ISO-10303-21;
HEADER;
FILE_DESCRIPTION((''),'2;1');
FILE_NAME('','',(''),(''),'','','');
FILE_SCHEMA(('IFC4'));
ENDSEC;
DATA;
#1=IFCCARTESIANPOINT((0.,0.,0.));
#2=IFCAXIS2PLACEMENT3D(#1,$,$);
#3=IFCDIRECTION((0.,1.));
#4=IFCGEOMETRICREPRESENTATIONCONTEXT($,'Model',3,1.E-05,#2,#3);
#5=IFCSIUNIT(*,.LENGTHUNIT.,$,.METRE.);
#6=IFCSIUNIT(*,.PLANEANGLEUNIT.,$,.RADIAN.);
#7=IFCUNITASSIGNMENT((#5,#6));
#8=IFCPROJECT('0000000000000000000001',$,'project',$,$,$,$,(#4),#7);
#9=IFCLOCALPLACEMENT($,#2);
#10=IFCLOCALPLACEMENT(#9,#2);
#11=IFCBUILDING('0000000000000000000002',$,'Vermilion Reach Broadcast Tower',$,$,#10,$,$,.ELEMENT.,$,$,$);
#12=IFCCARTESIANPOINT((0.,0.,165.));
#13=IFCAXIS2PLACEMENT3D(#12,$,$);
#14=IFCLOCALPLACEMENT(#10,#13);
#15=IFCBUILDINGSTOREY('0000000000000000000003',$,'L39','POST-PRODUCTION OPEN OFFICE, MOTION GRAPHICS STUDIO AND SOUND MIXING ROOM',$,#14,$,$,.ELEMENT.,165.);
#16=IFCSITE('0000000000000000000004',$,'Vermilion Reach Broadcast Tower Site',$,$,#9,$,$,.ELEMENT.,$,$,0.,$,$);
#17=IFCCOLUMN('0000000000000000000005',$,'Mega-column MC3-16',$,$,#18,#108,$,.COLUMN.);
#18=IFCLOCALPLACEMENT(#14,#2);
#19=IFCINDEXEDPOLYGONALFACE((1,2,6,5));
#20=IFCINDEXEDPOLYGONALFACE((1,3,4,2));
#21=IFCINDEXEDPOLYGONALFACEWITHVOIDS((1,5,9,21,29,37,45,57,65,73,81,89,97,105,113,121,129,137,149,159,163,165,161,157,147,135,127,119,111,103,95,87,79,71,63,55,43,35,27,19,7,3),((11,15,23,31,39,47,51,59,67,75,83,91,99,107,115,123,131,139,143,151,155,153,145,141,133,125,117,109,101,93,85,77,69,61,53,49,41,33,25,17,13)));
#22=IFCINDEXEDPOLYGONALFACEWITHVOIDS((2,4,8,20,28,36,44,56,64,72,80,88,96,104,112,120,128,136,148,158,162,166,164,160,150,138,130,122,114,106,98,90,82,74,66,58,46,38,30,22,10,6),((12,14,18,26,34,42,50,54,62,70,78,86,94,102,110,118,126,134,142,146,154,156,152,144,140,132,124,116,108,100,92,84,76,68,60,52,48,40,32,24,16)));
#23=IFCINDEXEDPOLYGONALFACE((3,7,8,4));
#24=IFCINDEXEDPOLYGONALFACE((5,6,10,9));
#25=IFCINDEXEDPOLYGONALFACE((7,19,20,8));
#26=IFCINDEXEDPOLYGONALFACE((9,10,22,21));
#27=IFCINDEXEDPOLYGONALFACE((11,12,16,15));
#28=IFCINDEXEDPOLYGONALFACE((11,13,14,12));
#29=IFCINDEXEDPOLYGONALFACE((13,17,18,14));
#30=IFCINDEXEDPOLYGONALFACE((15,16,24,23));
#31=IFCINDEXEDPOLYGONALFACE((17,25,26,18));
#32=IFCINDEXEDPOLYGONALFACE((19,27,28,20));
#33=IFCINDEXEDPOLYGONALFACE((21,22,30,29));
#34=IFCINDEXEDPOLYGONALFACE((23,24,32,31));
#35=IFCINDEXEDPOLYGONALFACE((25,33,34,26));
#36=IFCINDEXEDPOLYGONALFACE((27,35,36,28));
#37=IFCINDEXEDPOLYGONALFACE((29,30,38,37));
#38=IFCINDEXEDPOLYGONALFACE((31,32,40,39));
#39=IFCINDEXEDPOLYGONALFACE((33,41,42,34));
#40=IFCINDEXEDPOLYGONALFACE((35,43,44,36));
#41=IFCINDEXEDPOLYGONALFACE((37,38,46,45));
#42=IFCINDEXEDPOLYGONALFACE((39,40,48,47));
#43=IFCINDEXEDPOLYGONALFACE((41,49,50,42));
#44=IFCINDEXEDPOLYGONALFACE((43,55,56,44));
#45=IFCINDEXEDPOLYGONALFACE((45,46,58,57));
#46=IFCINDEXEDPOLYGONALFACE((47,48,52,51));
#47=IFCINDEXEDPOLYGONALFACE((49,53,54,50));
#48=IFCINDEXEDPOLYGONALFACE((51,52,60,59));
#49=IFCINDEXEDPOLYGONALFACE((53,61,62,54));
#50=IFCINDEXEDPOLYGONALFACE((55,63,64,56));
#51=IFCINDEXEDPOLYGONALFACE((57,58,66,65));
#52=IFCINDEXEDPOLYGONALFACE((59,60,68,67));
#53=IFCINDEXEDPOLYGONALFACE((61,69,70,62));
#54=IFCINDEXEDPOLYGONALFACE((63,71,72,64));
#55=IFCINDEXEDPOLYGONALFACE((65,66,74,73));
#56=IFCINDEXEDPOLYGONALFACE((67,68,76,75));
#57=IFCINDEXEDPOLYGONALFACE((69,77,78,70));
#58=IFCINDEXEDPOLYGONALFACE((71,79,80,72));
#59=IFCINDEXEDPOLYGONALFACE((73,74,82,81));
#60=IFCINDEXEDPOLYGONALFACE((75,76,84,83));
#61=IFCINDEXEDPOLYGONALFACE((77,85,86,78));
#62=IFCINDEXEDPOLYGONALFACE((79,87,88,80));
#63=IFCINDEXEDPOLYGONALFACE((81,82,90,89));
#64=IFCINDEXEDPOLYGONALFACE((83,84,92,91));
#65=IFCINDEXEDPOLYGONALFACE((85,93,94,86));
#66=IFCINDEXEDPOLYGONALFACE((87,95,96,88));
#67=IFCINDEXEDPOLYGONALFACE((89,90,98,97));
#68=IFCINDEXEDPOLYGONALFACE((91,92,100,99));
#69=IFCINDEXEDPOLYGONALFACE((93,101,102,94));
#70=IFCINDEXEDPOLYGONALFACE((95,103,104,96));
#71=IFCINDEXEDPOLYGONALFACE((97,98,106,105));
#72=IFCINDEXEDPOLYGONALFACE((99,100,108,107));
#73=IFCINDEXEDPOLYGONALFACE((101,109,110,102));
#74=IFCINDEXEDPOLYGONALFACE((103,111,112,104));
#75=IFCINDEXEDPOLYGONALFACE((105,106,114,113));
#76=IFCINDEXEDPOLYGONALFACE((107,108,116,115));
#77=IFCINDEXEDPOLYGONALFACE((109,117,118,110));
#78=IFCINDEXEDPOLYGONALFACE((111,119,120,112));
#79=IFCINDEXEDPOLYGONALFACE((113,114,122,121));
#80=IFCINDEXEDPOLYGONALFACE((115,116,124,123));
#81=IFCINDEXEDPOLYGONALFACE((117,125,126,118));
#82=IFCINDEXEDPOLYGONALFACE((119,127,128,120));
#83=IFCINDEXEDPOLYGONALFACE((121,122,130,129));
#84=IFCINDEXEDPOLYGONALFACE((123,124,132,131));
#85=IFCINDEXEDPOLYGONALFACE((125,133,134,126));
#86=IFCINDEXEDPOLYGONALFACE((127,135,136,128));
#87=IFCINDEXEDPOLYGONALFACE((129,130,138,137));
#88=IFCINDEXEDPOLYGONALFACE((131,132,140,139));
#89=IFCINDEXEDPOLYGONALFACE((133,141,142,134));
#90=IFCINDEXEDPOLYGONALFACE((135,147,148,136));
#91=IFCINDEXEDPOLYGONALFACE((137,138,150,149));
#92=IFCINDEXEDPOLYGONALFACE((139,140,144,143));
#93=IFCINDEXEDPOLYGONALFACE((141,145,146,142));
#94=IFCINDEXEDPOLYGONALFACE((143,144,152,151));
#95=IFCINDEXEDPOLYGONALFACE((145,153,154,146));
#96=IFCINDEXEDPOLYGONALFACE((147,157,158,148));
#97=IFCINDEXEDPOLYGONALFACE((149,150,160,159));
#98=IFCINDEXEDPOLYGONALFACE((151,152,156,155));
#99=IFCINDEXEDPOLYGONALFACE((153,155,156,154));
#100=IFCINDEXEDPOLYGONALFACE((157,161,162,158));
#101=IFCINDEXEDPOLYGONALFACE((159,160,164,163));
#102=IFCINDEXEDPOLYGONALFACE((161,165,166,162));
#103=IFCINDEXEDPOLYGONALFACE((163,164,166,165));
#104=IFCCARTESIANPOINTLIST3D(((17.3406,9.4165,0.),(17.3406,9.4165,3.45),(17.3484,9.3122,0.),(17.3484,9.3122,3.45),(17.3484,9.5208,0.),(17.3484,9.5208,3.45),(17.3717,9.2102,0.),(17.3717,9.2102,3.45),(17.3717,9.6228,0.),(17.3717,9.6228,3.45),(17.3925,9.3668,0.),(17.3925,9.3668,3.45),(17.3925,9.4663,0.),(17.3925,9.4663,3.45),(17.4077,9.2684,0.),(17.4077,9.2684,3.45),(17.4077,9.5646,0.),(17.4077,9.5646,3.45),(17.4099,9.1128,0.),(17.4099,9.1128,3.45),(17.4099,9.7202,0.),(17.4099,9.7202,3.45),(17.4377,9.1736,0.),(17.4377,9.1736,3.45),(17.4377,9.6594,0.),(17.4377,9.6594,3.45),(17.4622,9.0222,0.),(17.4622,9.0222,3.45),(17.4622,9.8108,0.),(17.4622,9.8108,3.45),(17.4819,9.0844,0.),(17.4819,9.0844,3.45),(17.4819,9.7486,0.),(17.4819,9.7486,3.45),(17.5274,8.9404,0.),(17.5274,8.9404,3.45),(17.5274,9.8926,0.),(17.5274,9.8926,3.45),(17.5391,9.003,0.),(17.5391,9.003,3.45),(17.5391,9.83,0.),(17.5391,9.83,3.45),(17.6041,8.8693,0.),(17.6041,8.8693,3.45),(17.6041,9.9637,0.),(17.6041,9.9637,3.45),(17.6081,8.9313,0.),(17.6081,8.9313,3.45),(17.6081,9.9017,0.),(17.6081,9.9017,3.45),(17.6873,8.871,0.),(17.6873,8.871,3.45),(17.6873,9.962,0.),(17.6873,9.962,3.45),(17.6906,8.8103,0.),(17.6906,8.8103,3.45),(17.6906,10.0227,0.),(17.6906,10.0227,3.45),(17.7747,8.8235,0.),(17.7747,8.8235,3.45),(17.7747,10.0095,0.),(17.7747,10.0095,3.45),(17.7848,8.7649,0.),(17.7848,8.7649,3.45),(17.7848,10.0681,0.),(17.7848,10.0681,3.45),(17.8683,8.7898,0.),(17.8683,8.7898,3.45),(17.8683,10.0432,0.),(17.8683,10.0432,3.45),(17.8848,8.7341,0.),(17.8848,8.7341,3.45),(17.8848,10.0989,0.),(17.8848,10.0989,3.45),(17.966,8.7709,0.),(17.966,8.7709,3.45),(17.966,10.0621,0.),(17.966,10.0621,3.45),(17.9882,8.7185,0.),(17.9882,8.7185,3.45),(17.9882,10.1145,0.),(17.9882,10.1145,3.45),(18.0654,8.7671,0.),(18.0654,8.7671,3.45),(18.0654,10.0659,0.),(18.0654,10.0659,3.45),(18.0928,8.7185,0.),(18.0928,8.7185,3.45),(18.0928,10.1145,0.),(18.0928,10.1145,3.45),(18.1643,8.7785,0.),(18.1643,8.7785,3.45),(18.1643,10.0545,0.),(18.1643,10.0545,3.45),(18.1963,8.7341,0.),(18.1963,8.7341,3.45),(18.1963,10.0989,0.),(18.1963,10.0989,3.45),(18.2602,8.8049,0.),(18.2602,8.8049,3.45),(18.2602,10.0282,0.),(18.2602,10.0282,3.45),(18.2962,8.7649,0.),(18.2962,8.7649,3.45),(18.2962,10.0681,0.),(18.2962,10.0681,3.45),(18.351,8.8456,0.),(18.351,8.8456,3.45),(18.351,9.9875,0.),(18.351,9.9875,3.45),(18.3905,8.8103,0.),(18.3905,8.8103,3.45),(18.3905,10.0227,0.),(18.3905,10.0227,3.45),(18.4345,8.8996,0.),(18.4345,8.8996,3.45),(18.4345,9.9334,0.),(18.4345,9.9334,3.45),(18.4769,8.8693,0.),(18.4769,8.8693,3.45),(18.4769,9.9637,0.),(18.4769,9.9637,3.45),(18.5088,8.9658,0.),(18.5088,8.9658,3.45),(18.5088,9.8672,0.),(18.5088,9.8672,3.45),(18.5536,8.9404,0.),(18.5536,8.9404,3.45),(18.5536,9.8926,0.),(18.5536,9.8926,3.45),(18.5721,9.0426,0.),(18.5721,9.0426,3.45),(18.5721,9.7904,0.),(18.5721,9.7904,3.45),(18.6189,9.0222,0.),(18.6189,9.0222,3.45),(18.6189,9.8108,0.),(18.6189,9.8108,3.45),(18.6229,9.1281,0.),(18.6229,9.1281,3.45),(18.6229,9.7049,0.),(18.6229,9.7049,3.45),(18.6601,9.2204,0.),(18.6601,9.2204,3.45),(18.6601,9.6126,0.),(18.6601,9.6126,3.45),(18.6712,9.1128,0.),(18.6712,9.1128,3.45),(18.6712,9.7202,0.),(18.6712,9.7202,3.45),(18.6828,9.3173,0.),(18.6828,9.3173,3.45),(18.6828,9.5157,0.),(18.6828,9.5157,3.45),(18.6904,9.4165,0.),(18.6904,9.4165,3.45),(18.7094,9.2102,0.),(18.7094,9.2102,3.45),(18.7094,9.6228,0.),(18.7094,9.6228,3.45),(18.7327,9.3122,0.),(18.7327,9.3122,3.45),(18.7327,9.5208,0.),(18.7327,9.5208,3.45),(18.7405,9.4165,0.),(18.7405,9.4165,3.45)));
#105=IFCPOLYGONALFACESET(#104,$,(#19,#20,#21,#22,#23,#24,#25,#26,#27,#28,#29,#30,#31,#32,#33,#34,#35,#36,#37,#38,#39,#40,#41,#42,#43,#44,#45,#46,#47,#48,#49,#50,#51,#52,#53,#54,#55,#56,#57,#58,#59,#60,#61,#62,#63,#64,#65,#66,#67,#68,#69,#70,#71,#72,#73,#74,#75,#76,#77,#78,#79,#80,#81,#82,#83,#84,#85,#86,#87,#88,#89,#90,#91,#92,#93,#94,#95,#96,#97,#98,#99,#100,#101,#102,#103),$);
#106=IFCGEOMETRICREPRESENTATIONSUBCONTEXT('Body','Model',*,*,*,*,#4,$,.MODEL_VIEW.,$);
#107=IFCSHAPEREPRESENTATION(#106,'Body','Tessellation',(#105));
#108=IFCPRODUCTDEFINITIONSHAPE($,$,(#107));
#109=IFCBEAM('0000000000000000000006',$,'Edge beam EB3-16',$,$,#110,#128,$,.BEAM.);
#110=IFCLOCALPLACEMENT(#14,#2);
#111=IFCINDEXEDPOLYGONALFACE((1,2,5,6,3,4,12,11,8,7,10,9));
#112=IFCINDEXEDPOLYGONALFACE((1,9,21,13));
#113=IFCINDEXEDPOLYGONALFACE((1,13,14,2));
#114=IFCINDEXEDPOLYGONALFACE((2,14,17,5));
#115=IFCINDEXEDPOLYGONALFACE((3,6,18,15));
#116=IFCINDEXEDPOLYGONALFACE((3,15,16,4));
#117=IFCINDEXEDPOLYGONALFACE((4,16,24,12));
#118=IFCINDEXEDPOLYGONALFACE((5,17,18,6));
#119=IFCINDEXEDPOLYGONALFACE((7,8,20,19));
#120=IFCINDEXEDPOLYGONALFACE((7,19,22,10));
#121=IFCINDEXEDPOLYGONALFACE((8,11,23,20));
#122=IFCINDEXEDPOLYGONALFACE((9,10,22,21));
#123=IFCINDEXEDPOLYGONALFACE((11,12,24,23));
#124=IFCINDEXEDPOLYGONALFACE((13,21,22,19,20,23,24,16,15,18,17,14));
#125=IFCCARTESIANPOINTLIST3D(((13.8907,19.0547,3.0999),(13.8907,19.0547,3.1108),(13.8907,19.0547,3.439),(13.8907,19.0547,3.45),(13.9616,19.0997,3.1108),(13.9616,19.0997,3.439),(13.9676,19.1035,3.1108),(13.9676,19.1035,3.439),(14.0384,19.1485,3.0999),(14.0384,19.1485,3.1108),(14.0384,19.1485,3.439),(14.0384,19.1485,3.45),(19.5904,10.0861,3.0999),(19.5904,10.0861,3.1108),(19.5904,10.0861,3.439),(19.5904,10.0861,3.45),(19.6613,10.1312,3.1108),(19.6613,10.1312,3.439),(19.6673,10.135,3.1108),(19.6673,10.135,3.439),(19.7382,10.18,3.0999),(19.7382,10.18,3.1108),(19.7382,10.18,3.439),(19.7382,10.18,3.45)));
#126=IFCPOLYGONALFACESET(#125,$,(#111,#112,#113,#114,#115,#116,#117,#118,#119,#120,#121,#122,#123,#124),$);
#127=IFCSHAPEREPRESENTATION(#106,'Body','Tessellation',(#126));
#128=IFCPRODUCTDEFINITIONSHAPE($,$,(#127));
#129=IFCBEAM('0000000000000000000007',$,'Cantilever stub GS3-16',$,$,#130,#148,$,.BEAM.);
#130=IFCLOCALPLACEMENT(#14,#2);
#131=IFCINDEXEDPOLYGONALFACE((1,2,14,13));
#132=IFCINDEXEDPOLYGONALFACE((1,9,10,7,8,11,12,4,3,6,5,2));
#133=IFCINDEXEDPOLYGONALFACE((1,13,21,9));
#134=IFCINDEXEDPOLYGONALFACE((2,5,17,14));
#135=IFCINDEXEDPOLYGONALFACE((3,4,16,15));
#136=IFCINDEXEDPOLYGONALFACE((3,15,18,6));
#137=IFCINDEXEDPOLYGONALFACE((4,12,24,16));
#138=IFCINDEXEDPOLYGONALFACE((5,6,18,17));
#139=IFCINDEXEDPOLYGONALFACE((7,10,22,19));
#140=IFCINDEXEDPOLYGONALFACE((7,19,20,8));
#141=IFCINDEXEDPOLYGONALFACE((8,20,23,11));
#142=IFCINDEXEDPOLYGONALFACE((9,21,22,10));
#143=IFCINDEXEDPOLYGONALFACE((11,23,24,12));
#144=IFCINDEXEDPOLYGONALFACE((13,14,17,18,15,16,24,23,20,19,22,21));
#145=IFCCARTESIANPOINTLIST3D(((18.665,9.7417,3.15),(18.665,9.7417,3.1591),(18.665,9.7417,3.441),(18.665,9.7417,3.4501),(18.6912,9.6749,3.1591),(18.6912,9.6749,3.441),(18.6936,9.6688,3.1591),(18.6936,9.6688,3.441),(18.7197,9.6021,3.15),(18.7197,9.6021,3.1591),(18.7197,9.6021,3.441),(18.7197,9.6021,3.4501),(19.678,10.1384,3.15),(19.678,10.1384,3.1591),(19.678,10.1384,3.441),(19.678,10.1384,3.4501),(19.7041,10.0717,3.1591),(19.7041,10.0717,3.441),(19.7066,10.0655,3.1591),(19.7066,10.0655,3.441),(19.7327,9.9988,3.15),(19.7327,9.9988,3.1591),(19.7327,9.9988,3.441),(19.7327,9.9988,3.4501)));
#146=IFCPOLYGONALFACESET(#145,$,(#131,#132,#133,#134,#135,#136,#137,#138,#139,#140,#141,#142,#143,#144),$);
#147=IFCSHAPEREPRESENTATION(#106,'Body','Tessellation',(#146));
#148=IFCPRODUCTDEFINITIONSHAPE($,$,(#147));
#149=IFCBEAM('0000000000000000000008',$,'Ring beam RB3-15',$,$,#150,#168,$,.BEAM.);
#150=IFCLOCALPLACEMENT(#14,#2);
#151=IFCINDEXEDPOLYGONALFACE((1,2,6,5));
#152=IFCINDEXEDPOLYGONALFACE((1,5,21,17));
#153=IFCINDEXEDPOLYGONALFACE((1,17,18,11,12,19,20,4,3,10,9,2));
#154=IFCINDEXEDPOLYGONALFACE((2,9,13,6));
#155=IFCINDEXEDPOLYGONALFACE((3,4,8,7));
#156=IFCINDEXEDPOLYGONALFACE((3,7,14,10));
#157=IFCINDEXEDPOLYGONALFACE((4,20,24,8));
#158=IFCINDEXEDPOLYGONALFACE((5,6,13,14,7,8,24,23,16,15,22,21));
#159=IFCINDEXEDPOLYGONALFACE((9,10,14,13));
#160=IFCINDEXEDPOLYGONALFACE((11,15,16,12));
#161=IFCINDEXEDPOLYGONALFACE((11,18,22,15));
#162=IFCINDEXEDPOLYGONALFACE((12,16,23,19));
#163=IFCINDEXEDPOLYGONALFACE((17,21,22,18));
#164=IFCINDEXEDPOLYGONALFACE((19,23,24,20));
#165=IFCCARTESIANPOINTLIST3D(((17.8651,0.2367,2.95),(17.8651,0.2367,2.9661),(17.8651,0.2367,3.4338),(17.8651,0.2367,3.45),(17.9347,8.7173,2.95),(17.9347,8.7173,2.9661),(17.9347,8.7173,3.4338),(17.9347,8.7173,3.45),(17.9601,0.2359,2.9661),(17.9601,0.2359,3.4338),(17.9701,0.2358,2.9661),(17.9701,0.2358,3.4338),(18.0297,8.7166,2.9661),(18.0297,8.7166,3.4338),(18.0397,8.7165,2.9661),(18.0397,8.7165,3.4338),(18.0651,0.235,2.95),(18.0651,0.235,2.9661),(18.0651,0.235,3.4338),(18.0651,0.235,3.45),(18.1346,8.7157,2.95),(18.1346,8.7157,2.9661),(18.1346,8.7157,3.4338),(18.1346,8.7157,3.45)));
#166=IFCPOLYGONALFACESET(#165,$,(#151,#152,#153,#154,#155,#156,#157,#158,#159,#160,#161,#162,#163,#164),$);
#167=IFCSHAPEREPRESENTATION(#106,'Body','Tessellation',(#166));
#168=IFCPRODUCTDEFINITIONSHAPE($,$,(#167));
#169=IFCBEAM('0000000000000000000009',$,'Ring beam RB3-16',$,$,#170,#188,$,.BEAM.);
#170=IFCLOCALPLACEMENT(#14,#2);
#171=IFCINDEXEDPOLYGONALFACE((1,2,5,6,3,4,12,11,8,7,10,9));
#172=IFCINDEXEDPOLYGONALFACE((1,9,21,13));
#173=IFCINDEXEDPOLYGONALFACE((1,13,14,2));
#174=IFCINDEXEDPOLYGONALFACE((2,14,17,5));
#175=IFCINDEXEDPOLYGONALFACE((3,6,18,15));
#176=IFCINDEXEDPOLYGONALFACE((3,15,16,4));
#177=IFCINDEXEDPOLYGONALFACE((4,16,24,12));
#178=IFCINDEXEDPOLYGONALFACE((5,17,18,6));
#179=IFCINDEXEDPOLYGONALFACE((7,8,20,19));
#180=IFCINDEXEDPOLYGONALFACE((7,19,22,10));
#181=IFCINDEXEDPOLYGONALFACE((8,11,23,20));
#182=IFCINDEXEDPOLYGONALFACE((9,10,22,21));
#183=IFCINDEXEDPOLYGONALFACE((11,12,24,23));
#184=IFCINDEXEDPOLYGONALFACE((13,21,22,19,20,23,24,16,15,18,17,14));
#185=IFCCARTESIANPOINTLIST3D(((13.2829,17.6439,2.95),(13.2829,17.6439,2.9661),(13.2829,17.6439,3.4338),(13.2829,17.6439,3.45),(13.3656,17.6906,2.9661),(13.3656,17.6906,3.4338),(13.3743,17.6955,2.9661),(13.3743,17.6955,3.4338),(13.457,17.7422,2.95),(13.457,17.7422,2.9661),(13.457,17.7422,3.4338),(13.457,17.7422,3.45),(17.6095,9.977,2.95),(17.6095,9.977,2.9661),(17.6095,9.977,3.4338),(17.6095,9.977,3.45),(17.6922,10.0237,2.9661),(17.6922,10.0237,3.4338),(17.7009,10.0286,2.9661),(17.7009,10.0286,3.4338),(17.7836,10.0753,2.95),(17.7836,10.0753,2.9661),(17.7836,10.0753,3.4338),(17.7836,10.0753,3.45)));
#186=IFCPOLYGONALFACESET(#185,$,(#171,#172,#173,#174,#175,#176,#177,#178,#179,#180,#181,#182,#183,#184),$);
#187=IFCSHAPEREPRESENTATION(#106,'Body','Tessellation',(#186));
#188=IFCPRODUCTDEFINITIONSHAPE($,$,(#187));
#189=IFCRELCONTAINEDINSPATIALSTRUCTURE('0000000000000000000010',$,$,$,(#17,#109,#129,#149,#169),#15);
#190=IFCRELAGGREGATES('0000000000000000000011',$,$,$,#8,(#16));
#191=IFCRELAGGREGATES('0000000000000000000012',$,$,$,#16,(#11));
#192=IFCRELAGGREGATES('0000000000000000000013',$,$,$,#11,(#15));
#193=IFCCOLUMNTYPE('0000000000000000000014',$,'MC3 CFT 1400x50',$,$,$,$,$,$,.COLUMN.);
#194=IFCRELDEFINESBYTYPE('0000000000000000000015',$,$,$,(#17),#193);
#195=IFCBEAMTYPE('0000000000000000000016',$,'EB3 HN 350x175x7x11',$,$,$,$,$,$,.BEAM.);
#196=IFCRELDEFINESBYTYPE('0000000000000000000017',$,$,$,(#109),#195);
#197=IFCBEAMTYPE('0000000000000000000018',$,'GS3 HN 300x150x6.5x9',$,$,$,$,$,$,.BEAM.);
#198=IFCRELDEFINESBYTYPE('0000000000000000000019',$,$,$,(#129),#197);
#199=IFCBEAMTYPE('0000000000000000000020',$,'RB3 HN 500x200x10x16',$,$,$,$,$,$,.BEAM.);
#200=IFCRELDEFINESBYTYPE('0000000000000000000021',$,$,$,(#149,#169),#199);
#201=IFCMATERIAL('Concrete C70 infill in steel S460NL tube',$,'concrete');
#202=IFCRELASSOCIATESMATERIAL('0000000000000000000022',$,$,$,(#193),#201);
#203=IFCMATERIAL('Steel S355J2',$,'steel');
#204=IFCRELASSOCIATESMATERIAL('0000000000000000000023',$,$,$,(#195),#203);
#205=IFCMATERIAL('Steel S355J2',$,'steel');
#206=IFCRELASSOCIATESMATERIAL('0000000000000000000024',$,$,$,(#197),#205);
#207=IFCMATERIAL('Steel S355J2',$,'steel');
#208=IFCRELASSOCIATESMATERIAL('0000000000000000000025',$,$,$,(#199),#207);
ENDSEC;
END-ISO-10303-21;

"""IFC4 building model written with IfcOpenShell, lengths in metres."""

from ifc_helpers import new_model, si_unit, direction, frame, origin, origin_2d, place, context, subcontext, project, spatial, hollow_circle, i_section, extrude, material, material_profile, profile_set, type_object, element, save


model = new_model("IFC4")

# Units and contexts
model_context = context("Model", 3, precision=1e-05, world=origin(), true_north=direction((0.0, 1.0)))
body_context = subcontext(model_context, "Body", "Model", "MODEL_VIEW")
ifc_project = project(units=[si_unit("LENGTHUNIT", "METRE"), si_unit("PLANEANGLEUNIT", "RADIAN")], contexts=[model_context])

# Site, building, storey
site_placement = place(None, origin())
site = spatial("IfcSite", under=ifc_project, at=site_placement, Name="Vermilion Reach Broadcast Tower Site", CompositionType="ELEMENT", RefElevation=0.0)
building_placement = place(site_placement, origin())
building = spatial("IfcBuilding", under=site, at=building_placement, Name="Vermilion Reach Broadcast Tower", CompositionType="ELEMENT")
storey_placement = place(building_placement, frame((0.0, 0.0, 165.0)))
storey = spatial("IfcBuildingStorey", under=building, at=storey_placement, Name="L39", Description="POST-PRODUCTION OPEN OFFICE, MOTION GRAPHICS STUDIO AND SOUND MIXING ROOM", CompositionType="ELEMENT", Elevation=165.0)

# Column
ifc_material_1 = material(Name="Concrete C70 infill in steel S460NL tube", Category="concrete")
ifc_material_profile_1 = material_profile(ifc_material_1, hollow_circle(Radius=0.7, WallThickness=0.05, at=origin_2d()), Name="Concrete C70 infill in steel S460NL tube CFT 1400x50")
ifc_profile_set_1 = profile_set([ifc_material_profile_1], Name="Concrete C70 infill in steel S460NL tube")
column_type = type_object("IfcColumnType", Name="MC3 CFT 1400x50", PredefinedType="COLUMN", material=ifc_profile_set_1)
column_placement = place(storey_placement, frame((18.0405, 9.4165, 0.0), z_axis=(0.0, 0.0, 1.0), x_axis=(1.0, 0.0, 0.0)))
element("IfcColumn", 1, at=column_placement, inside=storey, type_object=column_type, Name="Mega-column MC3-16", PredefinedType="COLUMN", context=body_context, shape_type="SweptSolid", body=[
    extrude(hollow_circle(Radius=0.7, WallThickness=0.05, at=origin_2d()), origin(), (0.0, 0.0, 1.0), 3.45),
])

# Beams
ifc_material_2 = material(Name="Steel S355J2", Category="steel")
ifc_material_profile_2 = material_profile(ifc_material_2, i_section(OverallWidth=0.175, OverallDepth=0.3501, WebThickness=0.0071, FlangeThickness=0.011, at=origin_2d()), Name="S355J2 HN 350x175x7x11")
ifc_profile_set_2 = profile_set([ifc_material_profile_2], Name="Steel S355J2")
beam_type_1 = type_object("IfcBeamType", Name="EB3 HN 350x175x7x11", PredefinedType="BEAM", material=ifc_profile_set_2)
beam_1_placement = place(storey_placement, frame((19.6643, 10.1331, 3.2749), z_axis=(-0.536371, 0.843982, 0.0), x_axis=(-0.843982, -0.536371, 0.0)))
element("IfcBeam", 2, at=beam_1_placement, inside=storey, type_object=beam_type_1, Name="Edge beam EB3-16", PredefinedType="BEAM", context=body_context, shape_type="SweptSolid", body=[
    extrude(i_section(OverallWidth=0.175, OverallDepth=0.3501, WebThickness=0.0071, FlangeThickness=0.011, at=origin_2d()), origin(), (0.0, 0.0, 1.0), 10.6265),
])
ifc_material_3 = material(Name="Steel S355J2", Category="steel")
ifc_material_profile_3 = material_profile(ifc_material_3, i_section(OverallWidth=0.1499, OverallDepth=0.3, WebThickness=0.0066, FlangeThickness=0.009, at=origin_2d()), Name="S355J2 HN 300x150x6.5x9")
ifc_profile_set_3 = profile_set([ifc_material_profile_3], Name="Steel S355J2")
beam_type_2 = type_object("IfcBeamType", Name="GS3 HN 300x150x6.5x9", PredefinedType="BEAM", material=ifc_profile_set_3)
beam_2_placement = place(storey_placement, frame((18.6924, 9.6719, 3.3), z_axis=(0.93113, 0.364687, 0.0), x_axis=(-0.364687, 0.93113, 0.0)))
element("IfcBeam", 3, at=beam_2_placement, inside=storey, type_object=beam_type_2, Name="Cantilever stub GS3-16", PredefinedType="BEAM", context=body_context, shape_type="SweptSolid", body=[
    extrude(i_section(OverallWidth=0.1499, OverallDepth=0.3, WebThickness=0.0066, FlangeThickness=0.009, at=origin_2d()), origin(), (0.0, 0.0, 1.0), 1.0879),
])
ifc_material_4 = material(Name="Steel S355J2", Category="steel")
ifc_material_profile_4 = material_profile(ifc_material_4, i_section(OverallWidth=0.2, OverallDepth=0.5, WebThickness=0.01, FlangeThickness=0.0161, at=origin_2d()), Name="S355J2 HN 500x200x10x16")
ifc_profile_set_4 = profile_set([ifc_material_profile_4], Name="Steel S355J2")
beam_type_3 = type_object("IfcBeamType", Name="RB3 HN 500x200x10x16", PredefinedType="BEAM", material=ifc_profile_set_4)
beam_3_placement = place(storey_placement, frame((17.9651, 0.2358, 3.2), z_axis=(0.008204, 0.999966, 0.0), x_axis=(-0.999966, 0.008204, 0.0)))
element("IfcBeam", 4, at=beam_3_placement, inside=storey, type_object=beam_type_3, Name="Ring beam RB3-15", PredefinedType="BEAM", context=body_context, shape_type="SweptSolid", body=[
    extrude(i_section(OverallWidth=0.2, OverallDepth=0.5, WebThickness=0.01, FlangeThickness=0.0161, at=origin_2d()), origin(), (0.0, 0.0, 1.0), 8.481),
])
beam_4_placement = place(storey_placement, frame((17.6965, 10.0261, 3.2), z_axis=(-0.491467, 0.870896, 0.0), x_axis=(-0.870896, -0.491467, 0.0)))
element("IfcBeam", 5, at=beam_4_placement, inside=storey, type_object=beam_type_3, Name="Ring beam RB3-16", PredefinedType="BEAM", context=body_context, shape_type="SweptSolid", body=[
    extrude(i_section(OverallWidth=0.2, OverallDepth=0.5, WebThickness=0.01, FlangeThickness=0.0161, at=origin_2d()), origin(), (0.0, 0.0, 1.0), 8.8035),
])

save(model, "model.ifc")
